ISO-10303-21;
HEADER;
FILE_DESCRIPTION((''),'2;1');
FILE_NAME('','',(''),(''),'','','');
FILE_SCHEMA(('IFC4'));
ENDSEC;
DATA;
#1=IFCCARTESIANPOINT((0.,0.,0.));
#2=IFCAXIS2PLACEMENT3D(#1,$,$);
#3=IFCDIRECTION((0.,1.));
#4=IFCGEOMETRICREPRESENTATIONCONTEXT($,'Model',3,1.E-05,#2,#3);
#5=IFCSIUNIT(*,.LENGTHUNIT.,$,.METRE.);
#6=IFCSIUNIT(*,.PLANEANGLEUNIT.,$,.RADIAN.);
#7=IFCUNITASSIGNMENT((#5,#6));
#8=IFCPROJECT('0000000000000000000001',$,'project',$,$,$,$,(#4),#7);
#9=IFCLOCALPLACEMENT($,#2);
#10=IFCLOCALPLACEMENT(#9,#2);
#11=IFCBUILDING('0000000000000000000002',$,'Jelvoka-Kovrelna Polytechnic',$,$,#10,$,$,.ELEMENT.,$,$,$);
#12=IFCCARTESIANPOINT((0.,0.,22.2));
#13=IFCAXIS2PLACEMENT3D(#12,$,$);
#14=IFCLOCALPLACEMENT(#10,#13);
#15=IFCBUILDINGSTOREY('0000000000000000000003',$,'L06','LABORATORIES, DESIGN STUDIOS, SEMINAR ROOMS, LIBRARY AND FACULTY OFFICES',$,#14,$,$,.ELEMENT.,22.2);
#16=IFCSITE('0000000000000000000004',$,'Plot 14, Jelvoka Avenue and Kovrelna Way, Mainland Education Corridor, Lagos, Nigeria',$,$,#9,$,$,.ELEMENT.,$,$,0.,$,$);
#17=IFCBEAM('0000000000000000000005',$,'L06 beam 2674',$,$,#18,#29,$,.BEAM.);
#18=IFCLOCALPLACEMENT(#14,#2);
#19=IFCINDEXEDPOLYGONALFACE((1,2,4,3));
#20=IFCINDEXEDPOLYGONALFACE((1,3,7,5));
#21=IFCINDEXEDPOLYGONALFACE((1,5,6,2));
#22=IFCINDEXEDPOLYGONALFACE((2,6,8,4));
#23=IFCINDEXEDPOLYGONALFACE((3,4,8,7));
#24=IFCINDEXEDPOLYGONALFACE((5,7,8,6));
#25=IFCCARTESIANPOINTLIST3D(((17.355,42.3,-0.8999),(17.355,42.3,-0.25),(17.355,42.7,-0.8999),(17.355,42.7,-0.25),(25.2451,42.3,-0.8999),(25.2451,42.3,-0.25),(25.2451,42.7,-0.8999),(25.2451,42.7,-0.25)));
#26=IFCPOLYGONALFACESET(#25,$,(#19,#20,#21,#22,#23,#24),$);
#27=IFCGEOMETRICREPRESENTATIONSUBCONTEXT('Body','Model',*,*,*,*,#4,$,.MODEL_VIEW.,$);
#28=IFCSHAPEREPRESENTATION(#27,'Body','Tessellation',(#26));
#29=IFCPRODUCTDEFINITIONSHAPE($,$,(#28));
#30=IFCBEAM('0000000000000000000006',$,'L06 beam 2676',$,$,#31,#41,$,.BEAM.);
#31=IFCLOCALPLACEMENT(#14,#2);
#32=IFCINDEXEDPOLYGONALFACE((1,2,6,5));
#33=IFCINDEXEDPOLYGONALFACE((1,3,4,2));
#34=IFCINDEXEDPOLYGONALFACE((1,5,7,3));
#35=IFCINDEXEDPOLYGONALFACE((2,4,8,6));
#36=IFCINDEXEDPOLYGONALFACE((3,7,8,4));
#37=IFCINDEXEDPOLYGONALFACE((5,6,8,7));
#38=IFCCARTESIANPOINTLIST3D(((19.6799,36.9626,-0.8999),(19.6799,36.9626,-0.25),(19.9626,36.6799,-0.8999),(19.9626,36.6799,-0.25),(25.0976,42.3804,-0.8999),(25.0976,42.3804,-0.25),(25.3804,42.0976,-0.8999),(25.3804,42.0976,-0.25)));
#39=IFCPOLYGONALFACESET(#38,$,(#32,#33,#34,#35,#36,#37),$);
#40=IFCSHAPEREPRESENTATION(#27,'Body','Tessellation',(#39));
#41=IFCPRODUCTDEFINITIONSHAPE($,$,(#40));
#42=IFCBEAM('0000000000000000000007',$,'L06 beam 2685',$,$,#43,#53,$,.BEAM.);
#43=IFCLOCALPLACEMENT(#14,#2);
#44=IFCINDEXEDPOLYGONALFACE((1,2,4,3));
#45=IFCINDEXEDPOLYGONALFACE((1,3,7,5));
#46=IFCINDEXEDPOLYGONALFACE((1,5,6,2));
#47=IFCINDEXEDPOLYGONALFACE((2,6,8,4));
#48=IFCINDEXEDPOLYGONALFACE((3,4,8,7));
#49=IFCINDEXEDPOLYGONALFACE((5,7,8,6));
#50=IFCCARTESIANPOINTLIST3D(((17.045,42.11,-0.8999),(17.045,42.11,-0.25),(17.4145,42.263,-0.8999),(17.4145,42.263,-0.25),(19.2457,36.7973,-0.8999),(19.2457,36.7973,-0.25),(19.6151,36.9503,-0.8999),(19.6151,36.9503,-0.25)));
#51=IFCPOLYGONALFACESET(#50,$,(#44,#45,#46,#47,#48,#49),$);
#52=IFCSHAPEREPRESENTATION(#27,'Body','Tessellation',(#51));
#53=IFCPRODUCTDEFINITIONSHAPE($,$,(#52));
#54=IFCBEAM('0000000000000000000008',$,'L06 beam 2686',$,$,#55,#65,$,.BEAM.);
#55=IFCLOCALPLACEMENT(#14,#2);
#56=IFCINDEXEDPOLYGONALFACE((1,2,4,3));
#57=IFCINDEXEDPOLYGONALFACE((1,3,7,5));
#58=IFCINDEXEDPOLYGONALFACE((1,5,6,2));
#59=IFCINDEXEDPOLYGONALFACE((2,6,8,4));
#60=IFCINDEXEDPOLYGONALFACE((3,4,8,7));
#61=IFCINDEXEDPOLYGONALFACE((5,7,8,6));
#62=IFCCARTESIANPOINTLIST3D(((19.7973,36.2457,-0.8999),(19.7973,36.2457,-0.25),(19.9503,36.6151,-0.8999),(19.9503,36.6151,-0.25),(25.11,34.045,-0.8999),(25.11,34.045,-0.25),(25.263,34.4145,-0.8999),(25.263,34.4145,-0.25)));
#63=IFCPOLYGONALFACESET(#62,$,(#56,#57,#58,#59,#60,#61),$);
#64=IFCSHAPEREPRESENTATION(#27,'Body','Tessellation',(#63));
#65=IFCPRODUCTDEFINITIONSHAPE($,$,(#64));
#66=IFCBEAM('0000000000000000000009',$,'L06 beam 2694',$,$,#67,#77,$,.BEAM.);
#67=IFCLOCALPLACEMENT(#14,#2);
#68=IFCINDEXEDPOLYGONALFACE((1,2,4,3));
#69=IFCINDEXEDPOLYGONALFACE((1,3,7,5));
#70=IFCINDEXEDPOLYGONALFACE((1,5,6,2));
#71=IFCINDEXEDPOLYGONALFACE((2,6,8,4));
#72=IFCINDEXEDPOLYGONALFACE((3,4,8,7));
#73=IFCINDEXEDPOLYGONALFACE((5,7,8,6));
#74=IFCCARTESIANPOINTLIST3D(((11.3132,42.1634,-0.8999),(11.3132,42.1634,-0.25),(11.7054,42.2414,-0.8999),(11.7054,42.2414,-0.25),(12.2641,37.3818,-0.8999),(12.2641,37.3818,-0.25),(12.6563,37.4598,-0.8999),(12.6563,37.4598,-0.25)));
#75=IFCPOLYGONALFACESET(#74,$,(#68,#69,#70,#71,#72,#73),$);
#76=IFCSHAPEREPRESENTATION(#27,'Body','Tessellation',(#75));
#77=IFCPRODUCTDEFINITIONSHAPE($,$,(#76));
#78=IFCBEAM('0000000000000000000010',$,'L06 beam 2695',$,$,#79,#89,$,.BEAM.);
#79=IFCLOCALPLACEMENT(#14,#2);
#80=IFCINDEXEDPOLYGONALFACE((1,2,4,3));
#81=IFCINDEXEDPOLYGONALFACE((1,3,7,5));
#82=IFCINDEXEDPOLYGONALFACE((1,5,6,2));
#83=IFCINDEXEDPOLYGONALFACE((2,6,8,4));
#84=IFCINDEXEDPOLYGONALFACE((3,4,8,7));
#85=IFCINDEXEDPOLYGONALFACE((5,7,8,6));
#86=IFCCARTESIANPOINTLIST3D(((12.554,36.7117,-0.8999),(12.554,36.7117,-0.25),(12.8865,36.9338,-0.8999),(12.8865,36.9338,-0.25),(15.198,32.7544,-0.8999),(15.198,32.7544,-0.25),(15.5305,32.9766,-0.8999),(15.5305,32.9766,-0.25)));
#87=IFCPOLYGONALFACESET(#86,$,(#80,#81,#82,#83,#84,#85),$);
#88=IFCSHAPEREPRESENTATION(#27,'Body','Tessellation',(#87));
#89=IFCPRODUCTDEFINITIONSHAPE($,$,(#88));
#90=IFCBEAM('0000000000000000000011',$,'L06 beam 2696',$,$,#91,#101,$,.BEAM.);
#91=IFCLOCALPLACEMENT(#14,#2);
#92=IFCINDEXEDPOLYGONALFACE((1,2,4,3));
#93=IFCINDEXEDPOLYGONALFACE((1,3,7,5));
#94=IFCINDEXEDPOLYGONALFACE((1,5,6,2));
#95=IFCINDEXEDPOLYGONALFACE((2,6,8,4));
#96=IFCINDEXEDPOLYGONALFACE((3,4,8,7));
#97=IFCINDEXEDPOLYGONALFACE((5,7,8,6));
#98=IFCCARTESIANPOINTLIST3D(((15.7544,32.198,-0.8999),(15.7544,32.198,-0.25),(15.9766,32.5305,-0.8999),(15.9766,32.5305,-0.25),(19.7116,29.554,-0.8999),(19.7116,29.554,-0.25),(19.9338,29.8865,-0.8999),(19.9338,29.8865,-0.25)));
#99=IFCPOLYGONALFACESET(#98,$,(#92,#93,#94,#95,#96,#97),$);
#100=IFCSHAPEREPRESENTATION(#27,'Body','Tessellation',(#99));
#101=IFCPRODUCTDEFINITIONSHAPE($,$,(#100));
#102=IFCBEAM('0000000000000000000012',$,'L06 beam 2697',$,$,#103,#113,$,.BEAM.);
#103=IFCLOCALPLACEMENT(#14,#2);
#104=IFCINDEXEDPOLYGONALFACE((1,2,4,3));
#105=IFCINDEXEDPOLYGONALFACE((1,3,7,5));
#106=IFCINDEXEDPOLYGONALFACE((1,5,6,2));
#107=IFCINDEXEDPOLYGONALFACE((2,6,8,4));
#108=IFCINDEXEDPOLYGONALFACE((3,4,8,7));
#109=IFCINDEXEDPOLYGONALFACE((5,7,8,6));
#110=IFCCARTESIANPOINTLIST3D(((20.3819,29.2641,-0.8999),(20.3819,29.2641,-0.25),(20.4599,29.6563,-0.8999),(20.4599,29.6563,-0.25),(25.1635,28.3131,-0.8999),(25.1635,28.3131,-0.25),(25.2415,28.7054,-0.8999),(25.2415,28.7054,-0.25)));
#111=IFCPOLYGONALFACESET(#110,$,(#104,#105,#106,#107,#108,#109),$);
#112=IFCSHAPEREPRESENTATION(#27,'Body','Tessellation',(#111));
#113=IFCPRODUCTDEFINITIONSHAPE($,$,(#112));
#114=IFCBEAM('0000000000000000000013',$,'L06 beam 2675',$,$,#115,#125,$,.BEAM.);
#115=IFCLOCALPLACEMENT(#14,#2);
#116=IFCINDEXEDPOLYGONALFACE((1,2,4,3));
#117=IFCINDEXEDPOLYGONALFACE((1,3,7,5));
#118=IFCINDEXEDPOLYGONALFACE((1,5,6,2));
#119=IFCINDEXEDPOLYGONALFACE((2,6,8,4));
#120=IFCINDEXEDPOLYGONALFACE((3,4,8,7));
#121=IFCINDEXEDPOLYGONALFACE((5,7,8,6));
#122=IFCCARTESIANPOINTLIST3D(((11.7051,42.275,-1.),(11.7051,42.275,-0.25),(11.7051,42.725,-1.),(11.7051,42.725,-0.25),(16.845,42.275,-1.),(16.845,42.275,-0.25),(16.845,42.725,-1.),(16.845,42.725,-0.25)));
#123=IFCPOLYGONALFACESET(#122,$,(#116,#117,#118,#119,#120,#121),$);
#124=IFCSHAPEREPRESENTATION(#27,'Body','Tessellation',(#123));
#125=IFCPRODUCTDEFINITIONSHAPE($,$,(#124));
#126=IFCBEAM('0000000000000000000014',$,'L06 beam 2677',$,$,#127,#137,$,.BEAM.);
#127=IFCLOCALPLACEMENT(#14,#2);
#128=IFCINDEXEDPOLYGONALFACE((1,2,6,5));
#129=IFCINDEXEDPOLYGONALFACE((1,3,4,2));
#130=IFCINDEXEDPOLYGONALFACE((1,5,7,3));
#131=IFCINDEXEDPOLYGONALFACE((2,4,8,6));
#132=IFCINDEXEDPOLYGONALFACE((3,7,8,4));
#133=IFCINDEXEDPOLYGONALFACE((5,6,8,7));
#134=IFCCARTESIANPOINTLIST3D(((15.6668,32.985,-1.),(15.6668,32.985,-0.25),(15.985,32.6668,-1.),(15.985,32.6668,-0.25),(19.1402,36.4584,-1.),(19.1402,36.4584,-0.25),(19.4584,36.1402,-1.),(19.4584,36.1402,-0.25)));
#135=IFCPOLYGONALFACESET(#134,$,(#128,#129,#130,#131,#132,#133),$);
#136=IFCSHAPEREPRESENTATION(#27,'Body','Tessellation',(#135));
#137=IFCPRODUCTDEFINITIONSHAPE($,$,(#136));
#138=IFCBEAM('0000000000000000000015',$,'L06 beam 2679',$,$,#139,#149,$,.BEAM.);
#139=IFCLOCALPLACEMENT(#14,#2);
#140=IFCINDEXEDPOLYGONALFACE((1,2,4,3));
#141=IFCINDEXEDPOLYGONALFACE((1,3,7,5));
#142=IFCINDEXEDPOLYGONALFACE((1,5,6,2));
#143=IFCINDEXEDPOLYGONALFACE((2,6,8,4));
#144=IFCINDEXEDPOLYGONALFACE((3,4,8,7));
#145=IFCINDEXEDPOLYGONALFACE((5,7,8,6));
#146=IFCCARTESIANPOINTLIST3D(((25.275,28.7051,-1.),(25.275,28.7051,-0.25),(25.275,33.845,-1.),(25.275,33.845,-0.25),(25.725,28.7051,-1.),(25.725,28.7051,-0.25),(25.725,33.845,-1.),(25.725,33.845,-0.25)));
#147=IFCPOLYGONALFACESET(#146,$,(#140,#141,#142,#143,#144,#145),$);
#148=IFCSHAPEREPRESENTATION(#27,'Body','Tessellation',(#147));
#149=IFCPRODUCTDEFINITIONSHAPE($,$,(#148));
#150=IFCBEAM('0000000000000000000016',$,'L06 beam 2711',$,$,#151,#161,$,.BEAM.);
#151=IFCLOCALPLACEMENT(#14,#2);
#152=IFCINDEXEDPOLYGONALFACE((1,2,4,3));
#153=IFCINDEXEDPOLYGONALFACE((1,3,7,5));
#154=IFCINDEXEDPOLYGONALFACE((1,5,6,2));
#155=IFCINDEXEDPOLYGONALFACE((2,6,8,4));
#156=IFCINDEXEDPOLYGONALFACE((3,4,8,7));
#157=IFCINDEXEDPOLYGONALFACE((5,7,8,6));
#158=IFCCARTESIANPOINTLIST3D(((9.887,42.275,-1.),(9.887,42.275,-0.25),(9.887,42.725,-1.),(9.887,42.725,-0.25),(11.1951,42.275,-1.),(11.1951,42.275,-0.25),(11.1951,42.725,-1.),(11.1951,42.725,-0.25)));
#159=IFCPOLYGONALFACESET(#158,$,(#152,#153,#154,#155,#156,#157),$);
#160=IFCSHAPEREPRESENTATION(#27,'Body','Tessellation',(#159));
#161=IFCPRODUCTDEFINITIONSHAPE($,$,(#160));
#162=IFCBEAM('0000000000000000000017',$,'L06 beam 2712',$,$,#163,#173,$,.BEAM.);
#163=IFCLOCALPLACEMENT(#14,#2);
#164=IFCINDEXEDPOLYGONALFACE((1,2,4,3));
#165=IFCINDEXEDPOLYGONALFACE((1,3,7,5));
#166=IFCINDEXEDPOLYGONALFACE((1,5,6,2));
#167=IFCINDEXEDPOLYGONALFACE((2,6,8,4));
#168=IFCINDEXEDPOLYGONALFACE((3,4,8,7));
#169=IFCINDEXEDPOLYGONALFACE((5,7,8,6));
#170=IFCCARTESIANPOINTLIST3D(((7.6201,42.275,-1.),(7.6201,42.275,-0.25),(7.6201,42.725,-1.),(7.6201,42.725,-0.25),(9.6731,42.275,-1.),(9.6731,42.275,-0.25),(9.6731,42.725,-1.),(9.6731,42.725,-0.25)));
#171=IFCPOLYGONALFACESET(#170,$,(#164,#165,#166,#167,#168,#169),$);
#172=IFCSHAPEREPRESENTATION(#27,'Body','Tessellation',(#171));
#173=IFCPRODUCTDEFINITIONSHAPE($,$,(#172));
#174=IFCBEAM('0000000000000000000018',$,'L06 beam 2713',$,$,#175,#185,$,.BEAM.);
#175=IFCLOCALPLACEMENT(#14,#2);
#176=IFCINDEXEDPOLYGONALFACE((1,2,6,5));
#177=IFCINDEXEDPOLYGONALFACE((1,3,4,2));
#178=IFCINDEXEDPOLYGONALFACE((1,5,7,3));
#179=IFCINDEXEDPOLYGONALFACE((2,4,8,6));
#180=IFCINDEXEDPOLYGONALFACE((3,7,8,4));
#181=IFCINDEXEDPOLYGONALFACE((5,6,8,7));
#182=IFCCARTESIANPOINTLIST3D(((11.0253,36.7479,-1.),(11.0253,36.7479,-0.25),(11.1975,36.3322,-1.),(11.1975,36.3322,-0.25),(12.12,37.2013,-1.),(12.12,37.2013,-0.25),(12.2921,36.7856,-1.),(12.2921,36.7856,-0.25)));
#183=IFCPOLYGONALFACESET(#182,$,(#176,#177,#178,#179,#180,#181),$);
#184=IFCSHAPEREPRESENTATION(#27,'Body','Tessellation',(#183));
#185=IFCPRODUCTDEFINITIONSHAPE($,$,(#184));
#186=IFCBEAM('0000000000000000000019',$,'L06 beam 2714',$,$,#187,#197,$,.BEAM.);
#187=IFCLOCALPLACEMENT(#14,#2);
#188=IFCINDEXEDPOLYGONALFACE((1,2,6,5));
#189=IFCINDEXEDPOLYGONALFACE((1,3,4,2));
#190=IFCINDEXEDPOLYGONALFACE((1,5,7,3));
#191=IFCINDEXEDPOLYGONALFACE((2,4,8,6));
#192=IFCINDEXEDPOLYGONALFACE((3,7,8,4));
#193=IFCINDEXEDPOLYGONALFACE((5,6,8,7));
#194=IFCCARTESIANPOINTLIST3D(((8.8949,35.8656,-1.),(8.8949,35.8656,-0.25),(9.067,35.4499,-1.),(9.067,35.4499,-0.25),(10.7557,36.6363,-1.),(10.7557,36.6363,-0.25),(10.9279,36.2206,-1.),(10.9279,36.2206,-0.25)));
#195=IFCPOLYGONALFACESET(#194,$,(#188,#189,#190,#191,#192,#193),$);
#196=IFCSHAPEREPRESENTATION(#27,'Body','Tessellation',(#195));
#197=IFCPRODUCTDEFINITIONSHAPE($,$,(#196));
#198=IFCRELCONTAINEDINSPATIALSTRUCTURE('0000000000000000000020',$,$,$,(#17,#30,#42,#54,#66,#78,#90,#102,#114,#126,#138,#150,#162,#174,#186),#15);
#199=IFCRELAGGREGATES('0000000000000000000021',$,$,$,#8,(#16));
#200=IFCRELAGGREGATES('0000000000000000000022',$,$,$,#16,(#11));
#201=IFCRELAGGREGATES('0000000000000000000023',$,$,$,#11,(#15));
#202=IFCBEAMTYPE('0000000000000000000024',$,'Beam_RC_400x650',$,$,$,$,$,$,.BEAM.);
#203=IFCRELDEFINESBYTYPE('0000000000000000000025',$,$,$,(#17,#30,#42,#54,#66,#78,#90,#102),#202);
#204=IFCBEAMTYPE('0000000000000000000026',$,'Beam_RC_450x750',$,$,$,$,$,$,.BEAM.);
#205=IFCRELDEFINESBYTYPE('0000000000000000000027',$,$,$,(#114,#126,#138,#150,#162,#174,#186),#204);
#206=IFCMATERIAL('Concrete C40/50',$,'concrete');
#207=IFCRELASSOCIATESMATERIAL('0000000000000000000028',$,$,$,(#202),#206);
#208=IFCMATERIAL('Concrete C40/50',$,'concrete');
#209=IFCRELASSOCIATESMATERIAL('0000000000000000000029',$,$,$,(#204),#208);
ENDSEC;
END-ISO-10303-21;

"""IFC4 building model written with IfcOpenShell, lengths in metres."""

from ifc_helpers import new_model, si_unit, direction, frame, origin, origin_2d, place, context, subcontext, project, spatial, rectangle, extrude, material, material_profile, profile_set, type_object, element, save


model = new_model("IFC4")

# Units and contexts
model_context = context("Model", 3, precision=1e-05, world=origin(), true_north=direction((0.0, 1.0)))
body_context = subcontext(model_context, "Body", "Model", "MODEL_VIEW")
ifc_project = project(units=[si_unit("LENGTHUNIT", "METRE"), si_unit("PLANEANGLEUNIT", "RADIAN")], contexts=[model_context])

# Site, building, storey
site_placement = place(None, origin())
site = spatial("IfcSite", under=ifc_project, at=site_placement, Name="Plot 14, Jelvoka Avenue and Kovrelna Way, Mainland Education Corridor, Lagos, Nigeria", CompositionType="ELEMENT", RefElevation=0.0)
building_placement = place(site_placement, origin())
building = spatial("IfcBuilding", under=site, at=building_placement, Name="Jelvoka-Kovrelna Polytechnic", CompositionType="ELEMENT")
storey_placement = place(building_placement, frame((0.0, 0.0, 22.2)))
storey = spatial("IfcBuildingStorey", under=building, at=storey_placement, Name="L06", Description="LABORATORIES, DESIGN STUDIOS, SEMINAR ROOMS, LIBRARY AND FACULTY OFFICES", CompositionType="ELEMENT", Elevation=22.2)

# Beams
ifc_material_1 = material(Name="Concrete C40/50", Category="concrete")
ifc_material_profile_1 = material_profile(ifc_material_1, rectangle(XDim=0.3999, YDim=0.6499, at=origin_2d()), Name="RC 400x650")
ifc_profile_set_1 = profile_set([ifc_material_profile_1], Name="Concrete C40/50")
beam_type_1 = type_object("IfcBeamType", Name="Beam_RC_400x650", PredefinedType="BEAM", material=ifc_profile_set_1)
beam_1_placement = place(storey_placement, frame((25.2451, 42.5, -0.575), z_axis=(-1.0, 0.0, 0.0), x_axis=(0.0, -1.0, 0.0)))
element("IfcBeam", 1, at=beam_1_placement, inside=storey, type_object=beam_type_1, Name="L06 beam 2674", PredefinedType="BEAM", context=body_context, shape_type="SweptSolid", body=[
    extrude(rectangle(XDim=0.3999, YDim=0.6499, at=origin_2d()), origin(), (0.0, 0.0, 1.0), 7.8901),
])
beam_2_placement = place(storey_placement, frame((25.239, 42.239, -0.575), z_axis=(-0.707107, -0.707107, 0.0), x_axis=(0.707107, -0.707107, 0.0)))
element("IfcBeam", 2, at=beam_2_placement, inside=storey, type_object=beam_type_1, Name="L06 beam 2676", PredefinedType="BEAM", context=body_context, shape_type="SweptSolid", body=[
    extrude(rectangle(XDim=0.3999, YDim=0.6499, at=origin_2d()), origin(), (0.0, 0.0, 1.0), 7.6619),
])
for number, where, z_axis, x_axis, name in (
    (3, (17.2297, 42.1865, -0.575), (0.382694, -0.923875, 0.0), (0.923875, 0.382694, 0.0), "L06 beam 2685"),
    (4, (19.8738, 36.4304, -0.575), (0.923875, -0.382694, 0.0), (0.382694, 0.923875, 0.0), "L06 beam 2686"),
):
    element("IfcBeam", number, at=place(storey_placement, frame(where, z_axis=z_axis, x_axis=x_axis)), inside=storey, type_object=beam_type_1, Name=name, PredefinedType="BEAM", context=body_context, shape_type="SweptSolid", body=[
        extrude(rectangle(XDim=0.3999, YDim=0.6499, at=origin_2d()), origin(), (0.0, 0.0, 1.0), 5.7505),
    ])
beam_3_placement = place(storey_placement, frame((11.5093, 42.2024, -0.575), z_axis=(0.195057, -0.980792, 0.0), x_axis=(0.980792, 0.195057, 0.0)))
element("IfcBeam", 5, at=beam_3_placement, inside=storey, type_object=beam_type_1, Name="L06 beam 2694", PredefinedType="BEAM", context=body_context, shape_type="SweptSolid", body=[
    extrude(rectangle(XDim=0.3999, YDim=0.6499, at=origin_2d()), origin(), (0.0, 0.0, 1.0), 4.8752),
])
for number, where, z_axis, x_axis, name in (
    (6, (12.7202, 36.8228, -0.575), (0.555552, -0.831482, 0.0), (0.831482, 0.555552, 0.0), "L06 beam 2695"),
    (7, (15.8655, 32.3643, -0.575), (0.831482, -0.555552, 0.0), (0.555552, 0.831482, 0.0), "L06 beam 2696"),
):
    element("IfcBeam", number, at=place(storey_placement, frame(where, z_axis=z_axis, x_axis=x_axis)), inside=storey, type_object=beam_type_1, Name=name, PredefinedType="BEAM", context=body_context, shape_type="SweptSolid", body=[
        extrude(rectangle(XDim=0.3999, YDim=0.6499, at=origin_2d()), origin(), (0.0, 0.0, 1.0), 4.7593),
    ])
beam_4_placement = place(storey_placement, frame((20.4209, 29.4602, -0.575), z_axis=(0.980792, -0.195057, 0.0), x_axis=(0.195057, 0.980792, 0.0)))
element("IfcBeam", 8, at=beam_4_placement, inside=storey, type_object=beam_type_1, Name="L06 beam 2697", PredefinedType="BEAM", context=body_context, shape_type="SweptSolid", body=[
    extrude(rectangle(XDim=0.3999, YDim=0.6499, at=origin_2d()), origin(), (0.0, 0.0, 1.0), 4.8752),
])
ifc_material_2 = material(Name="Concrete C40/50", Category="concrete")
ifc_material_profile_2 = material_profile(ifc_material_2, rectangle(XDim=0.45, YDim=0.75, at=origin_2d()), Name="RC 450x750")
ifc_profile_set_2 = profile_set([ifc_material_profile_2], Name="Concrete C40/50")
beam_type_2 = type_object("IfcBeamType", Name="Beam_RC_450x750", PredefinedType="BEAM", material=ifc_profile_set_2)
beam_5_placement = place(storey_placement, frame((16.845, 42.5, -0.625), z_axis=(-1.0, 0.0, 0.0), x_axis=(0.0, -1.0, 0.0)))
element("IfcBeam", 9, at=beam_5_placement, inside=storey, type_object=beam_type_2, Name="L06 beam 2675", PredefinedType="BEAM", context=body_context, shape_type="SweptSolid", body=[
    extrude(rectangle(XDim=0.45, YDim=0.75, at=origin_2d()), origin(), (0.0, 0.0, 1.0), 5.1399),
])
beam_6_placement = place(storey_placement, frame((19.2993, 36.2993, -0.625), z_axis=(-0.707107, -0.707107, 0.0), x_axis=(0.707107, -0.707107, 0.0)))
element("IfcBeam", 10, at=beam_6_placement, inside=storey, type_object=beam_type_2, Name="L06 beam 2677", PredefinedType="BEAM", context=body_context, shape_type="SweptSolid", body=[
    extrude(rectangle(XDim=0.45, YDim=0.75, at=origin_2d()), origin(), (0.0, 0.0, 1.0), 4.9121),
])
beam_7_placement = place(storey_placement, frame((25.5, 33.845, -0.625), z_axis=(0.0, -1.0, 0.0), x_axis=(1.0, 0.0, 0.0)))
element("IfcBeam", 11, at=beam_7_placement, inside=storey, type_object=beam_type_2, Name="L06 beam 2679", PredefinedType="BEAM", context=body_context, shape_type="SweptSolid", body=[
    extrude(rectangle(XDim=0.45, YDim=0.75, at=origin_2d()), origin(), (0.0, 0.0, 1.0), 5.1399),
])
beam_8_placement = place(storey_placement, frame((11.1951, 42.5, -0.625), z_axis=(-1.0, 0.0, 0.0), x_axis=(0.0, -1.0, 0.0)))
element("IfcBeam", 12, at=beam_8_placement, inside=storey, type_object=beam_type_2, Name="L06 beam 2711", PredefinedType="BEAM", context=body_context, shape_type="SweptSolid", body=[
    extrude(rectangle(XDim=0.45, YDim=0.75, at=origin_2d()), origin(), (0.0, 0.0, 1.0), 1.3081),
])
beam_9_placement = place(storey_placement, frame((9.6731, 42.5, -0.625), z_axis=(-1.0, 0.0, 0.0), x_axis=(0.0, -1.0, 0.0)))
element("IfcBeam", 13, at=beam_9_placement, inside=storey, type_object=beam_type_2, Name="L06 beam 2712", PredefinedType="BEAM", context=body_context, shape_type="SweptSolid", body=[
    extrude(rectangle(XDim=0.45, YDim=0.75, at=origin_2d()), origin(), (0.0, 0.0, 1.0), 2.053),
])
beam_10_placement = place(storey_placement, frame((12.2061, 36.9934, -0.625), z_axis=(-0.923904, -0.382625, 0.0), x_axis=(0.382625, -0.923904, 0.0)))
element("IfcBeam", 14, at=beam_10_placement, inside=storey, type_object=beam_type_2, Name="L06 beam 2713", PredefinedType="BEAM", context=body_context, shape_type="SweptSolid", body=[
    extrude(rectangle(XDim=0.45, YDim=0.75, at=origin_2d()), origin(), (0.0, 0.0, 1.0), 1.1848),
])
beam_11_placement = place(storey_placement, frame((10.8418, 36.4285, -0.625), z_axis=(-0.923885, -0.382669, 0.0), x_axis=(0.382669, -0.923885, 0.0)))
element("IfcBeam", 15, at=beam_11_placement, inside=storey, type_object=beam_type_2, Name="L06 beam 2714", PredefinedType="BEAM", context=body_context, shape_type="SweptSolid", body=[
    extrude(rectangle(XDim=0.45, YDim=0.75, at=origin_2d()), origin(), (0.0, 0.0, 1.0), 2.0142),
])

save(model, "model.ifc")
